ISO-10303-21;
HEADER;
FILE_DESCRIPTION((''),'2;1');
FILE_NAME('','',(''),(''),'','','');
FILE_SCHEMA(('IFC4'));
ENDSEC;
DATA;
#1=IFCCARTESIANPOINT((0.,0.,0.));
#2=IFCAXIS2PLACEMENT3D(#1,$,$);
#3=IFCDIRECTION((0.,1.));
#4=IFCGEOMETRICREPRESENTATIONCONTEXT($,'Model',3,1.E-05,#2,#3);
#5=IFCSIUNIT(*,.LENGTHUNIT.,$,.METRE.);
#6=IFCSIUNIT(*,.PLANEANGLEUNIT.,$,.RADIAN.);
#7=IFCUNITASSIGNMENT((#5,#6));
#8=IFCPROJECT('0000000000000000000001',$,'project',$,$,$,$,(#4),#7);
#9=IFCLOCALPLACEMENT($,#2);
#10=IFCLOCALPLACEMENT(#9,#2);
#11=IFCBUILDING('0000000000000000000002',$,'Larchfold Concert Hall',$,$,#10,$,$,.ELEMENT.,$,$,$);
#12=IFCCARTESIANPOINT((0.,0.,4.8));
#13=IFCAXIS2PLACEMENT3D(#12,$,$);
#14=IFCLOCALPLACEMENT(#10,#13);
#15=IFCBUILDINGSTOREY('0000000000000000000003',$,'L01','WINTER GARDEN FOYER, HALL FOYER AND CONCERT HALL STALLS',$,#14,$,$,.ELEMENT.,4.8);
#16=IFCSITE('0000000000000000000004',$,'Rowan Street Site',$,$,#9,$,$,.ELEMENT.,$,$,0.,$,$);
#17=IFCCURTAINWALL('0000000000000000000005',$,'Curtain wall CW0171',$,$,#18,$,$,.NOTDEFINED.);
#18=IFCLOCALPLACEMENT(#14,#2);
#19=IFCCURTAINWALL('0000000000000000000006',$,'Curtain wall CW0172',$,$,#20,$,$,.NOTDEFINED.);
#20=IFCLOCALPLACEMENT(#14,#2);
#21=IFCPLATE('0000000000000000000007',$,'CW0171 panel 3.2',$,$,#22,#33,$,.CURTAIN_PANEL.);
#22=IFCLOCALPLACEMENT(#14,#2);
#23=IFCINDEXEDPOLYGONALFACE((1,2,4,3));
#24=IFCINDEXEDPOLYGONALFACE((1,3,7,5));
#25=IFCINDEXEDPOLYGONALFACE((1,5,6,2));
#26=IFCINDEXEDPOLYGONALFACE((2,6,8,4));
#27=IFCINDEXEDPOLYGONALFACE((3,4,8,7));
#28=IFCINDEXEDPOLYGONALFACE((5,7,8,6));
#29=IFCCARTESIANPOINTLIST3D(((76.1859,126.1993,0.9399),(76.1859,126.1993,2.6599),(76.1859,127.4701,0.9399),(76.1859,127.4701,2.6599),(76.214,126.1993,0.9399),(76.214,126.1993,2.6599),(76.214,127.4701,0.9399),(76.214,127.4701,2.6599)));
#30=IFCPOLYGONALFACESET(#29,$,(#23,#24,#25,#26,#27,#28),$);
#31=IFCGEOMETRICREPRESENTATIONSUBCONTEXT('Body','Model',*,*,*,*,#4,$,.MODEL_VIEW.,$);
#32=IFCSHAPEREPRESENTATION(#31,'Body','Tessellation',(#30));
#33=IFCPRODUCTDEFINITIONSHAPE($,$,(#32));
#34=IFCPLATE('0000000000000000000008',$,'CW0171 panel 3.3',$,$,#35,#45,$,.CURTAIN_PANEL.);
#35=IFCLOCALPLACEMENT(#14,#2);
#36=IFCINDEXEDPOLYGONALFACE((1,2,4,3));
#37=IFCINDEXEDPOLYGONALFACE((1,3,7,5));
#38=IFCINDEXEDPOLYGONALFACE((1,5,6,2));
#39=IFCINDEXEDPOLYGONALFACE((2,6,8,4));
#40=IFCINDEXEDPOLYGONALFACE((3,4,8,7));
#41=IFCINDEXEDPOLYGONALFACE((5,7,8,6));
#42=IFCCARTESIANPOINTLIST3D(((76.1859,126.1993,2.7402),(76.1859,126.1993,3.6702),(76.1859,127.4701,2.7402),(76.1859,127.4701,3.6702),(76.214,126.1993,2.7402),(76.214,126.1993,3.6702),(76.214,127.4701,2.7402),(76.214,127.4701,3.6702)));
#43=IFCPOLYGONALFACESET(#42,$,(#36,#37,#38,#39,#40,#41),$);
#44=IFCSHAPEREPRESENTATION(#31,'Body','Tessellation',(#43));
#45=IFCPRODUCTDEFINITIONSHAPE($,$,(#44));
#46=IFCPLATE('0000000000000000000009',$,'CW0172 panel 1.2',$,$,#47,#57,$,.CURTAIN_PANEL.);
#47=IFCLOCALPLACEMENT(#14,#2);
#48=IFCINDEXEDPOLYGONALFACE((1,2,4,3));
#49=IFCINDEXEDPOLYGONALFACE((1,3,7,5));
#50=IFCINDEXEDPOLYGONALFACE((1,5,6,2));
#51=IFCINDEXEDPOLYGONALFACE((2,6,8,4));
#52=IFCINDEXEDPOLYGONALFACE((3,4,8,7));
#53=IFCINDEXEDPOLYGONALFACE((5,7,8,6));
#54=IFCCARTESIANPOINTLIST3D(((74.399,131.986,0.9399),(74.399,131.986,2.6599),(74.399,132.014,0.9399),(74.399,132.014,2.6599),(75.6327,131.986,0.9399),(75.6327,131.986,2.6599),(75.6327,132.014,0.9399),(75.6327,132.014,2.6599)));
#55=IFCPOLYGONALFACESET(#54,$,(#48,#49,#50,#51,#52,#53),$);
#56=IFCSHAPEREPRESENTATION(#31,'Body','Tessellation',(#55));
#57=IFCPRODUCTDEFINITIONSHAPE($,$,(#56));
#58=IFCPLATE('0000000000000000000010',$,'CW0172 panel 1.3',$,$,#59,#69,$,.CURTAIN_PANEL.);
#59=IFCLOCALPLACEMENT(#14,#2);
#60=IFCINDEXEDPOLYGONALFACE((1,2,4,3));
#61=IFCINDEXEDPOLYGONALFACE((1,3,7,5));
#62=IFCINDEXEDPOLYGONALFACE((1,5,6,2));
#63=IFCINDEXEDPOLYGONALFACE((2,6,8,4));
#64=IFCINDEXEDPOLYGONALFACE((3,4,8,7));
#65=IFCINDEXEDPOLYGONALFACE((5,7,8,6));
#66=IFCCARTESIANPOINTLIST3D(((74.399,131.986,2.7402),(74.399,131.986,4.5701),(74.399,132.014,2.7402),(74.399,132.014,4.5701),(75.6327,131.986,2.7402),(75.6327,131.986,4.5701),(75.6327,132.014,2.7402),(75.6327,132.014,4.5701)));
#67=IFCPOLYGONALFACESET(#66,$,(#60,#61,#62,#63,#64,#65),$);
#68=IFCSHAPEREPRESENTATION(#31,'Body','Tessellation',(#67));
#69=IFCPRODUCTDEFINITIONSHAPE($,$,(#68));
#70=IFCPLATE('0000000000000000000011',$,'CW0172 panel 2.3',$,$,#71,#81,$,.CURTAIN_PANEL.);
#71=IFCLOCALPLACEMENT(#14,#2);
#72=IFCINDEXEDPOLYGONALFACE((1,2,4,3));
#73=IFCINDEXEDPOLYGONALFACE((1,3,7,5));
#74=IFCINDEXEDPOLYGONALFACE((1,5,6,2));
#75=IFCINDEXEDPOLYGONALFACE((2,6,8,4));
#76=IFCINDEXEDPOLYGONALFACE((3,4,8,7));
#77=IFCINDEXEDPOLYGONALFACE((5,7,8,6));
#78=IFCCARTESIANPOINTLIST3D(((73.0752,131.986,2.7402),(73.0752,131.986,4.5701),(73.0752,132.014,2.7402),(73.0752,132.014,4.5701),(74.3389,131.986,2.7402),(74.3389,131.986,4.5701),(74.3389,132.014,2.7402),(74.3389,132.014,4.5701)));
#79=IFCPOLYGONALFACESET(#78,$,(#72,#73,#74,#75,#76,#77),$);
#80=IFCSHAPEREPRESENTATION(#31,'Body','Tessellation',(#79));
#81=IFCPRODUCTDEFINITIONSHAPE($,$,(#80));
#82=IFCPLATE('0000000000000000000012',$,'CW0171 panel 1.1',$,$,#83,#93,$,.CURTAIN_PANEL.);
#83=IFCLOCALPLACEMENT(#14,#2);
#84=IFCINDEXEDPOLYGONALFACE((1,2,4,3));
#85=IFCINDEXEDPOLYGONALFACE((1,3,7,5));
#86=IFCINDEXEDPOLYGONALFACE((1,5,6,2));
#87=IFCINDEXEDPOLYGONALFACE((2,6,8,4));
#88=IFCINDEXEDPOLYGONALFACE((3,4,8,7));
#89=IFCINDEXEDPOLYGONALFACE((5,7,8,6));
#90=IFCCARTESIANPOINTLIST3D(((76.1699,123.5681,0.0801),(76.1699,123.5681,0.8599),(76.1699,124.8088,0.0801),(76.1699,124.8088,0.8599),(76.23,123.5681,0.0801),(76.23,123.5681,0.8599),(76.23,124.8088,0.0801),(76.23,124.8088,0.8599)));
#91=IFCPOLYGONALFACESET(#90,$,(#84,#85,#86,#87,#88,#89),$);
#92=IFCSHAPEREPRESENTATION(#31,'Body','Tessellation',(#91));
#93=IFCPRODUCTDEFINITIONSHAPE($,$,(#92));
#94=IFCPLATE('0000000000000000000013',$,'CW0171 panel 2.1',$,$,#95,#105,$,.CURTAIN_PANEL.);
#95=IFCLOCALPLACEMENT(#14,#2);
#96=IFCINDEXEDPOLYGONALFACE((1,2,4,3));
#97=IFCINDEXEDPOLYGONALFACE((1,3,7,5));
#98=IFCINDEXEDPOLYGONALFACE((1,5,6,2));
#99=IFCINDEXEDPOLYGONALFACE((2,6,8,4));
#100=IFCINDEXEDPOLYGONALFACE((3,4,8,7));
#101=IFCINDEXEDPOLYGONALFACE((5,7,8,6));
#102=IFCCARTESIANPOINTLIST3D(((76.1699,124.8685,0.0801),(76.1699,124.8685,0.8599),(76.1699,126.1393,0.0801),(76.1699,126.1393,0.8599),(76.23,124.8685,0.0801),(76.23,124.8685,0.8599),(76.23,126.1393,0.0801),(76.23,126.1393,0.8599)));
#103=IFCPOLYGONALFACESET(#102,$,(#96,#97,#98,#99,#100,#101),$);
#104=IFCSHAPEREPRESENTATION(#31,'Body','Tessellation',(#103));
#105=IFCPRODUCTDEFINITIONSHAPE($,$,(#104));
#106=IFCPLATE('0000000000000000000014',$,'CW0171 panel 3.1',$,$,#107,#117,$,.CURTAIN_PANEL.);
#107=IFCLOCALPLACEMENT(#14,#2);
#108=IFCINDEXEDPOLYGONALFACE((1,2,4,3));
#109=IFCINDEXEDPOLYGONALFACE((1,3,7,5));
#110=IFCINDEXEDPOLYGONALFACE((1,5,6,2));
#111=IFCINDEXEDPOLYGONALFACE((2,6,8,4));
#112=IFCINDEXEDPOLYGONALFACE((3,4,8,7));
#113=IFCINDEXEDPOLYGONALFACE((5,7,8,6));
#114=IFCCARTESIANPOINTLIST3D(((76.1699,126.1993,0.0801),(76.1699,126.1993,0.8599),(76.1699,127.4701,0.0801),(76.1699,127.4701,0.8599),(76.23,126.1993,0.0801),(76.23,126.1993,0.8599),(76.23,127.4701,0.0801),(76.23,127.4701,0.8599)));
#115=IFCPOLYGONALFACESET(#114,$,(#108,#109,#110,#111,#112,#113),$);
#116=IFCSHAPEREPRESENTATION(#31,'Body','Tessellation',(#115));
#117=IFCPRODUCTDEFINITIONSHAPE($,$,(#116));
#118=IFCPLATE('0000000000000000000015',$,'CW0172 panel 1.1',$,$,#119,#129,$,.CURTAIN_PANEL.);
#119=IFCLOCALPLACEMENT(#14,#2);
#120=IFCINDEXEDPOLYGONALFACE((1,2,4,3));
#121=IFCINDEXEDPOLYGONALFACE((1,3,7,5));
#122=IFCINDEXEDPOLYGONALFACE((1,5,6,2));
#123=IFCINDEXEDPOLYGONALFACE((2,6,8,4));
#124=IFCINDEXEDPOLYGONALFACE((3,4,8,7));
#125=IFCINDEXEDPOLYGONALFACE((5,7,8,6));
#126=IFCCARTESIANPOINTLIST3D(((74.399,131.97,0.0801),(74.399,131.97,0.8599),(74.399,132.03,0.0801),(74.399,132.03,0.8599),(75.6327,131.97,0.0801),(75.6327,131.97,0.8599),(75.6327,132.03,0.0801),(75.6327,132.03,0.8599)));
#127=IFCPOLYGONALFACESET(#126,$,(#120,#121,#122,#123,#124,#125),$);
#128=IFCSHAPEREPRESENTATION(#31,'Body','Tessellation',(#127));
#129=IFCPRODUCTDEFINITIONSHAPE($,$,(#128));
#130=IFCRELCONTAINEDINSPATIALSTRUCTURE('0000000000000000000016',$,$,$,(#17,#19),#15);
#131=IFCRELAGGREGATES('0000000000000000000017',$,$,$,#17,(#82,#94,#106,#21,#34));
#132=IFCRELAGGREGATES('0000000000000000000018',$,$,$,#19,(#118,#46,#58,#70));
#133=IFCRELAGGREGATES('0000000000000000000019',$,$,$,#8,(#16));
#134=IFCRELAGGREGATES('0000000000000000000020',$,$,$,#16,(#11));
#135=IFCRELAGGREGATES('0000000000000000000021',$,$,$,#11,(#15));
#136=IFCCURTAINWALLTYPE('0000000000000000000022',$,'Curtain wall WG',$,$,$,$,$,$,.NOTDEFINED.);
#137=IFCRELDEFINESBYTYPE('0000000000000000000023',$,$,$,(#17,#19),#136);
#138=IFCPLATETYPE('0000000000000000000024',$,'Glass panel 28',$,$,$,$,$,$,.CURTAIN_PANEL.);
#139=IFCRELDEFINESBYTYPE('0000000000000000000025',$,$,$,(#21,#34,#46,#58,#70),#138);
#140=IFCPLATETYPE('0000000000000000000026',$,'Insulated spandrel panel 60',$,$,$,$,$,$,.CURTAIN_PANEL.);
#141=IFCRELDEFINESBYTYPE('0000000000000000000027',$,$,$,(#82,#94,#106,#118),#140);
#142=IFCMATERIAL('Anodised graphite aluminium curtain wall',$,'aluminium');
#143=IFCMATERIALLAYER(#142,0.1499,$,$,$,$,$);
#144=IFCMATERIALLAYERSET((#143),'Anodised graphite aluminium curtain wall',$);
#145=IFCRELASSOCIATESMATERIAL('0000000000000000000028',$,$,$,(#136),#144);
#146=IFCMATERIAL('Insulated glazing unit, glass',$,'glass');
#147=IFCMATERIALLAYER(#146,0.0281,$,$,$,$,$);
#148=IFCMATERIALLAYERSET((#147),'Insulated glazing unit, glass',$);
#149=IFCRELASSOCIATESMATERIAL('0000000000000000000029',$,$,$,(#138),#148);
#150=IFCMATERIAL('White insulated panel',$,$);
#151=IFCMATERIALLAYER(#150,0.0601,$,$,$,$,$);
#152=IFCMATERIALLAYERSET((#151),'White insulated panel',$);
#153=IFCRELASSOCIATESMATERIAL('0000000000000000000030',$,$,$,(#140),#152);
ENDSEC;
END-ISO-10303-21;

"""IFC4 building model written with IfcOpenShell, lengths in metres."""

from ifc_helpers import new_model, si_unit, direction, frame, origin, origin_2d, place, context, subcontext, project, spatial, rectangle, extrude, material, layer, layer_set, type_object, element, aggregate, save


model = new_model("IFC4")

# Units and contexts
model_context = context("Model", 3, precision=1e-05, world=origin(), true_north=direction((0.0, 1.0)))
body_context = subcontext(model_context, "Body", "Model", "MODEL_VIEW")
ifc_project = project(units=[si_unit("LENGTHUNIT", "METRE"), si_unit("PLANEANGLEUNIT", "RADIAN")], contexts=[model_context])

# Site, building, storey
site_placement = place(None, origin())
site = spatial("IfcSite", under=ifc_project, at=site_placement, Name="Rowan Street Site", CompositionType="ELEMENT", RefElevation=0.0)
building_placement = place(site_placement, origin())
building = spatial("IfcBuilding", under=site, at=building_placement, Name="Larchfold Concert Hall", CompositionType="ELEMENT")
storey_placement = place(building_placement, frame((0.0, 0.0, 4.8)))
storey = spatial("IfcBuildingStorey", under=building, at=storey_placement, Name="L01", Description="WINTER GARDEN FOYER, HALL FOYER AND CONCERT HALL STALLS", CompositionType="ELEMENT", Elevation=4.8)

# Curtain walls
ifc_material_1 = material(Name="Anodised graphite aluminium curtain wall", Category="aluminium")
ifc_layer_1 = layer(ifc_material_1, 0.1499)
ifc_layer_set_1 = layer_set([ifc_layer_1], Name="Anodised graphite aluminium curtain wall")
curtain_wall_type = type_object("IfcCurtainWallType", Name="Curtain wall WG", PredefinedType="NOTDEFINED", material=ifc_layer_set_1)
curtain_wall_1_placement = place(storey_placement, origin())
curtain_wall_1 = element("IfcCurtainWall", 1, at=curtain_wall_1_placement, inside=storey, type_object=curtain_wall_type, Name="Curtain wall CW0171", PredefinedType="NOTDEFINED")
curtain_wall_2_placement = place(storey_placement, origin())
curtain_wall_2 = element("IfcCurtainWall", 2, at=curtain_wall_2_placement, inside=storey, type_object=curtain_wall_type, Name="Curtain wall CW0172", PredefinedType="NOTDEFINED")

# Plates
ifc_material_2 = material(Name="Insulated glazing unit, glass", Category="glass")
ifc_layer_2 = layer(ifc_material_2, 0.0281)
ifc_layer_set_2 = layer_set([ifc_layer_2], Name="Insulated glazing unit, glass")
plate_type_1 = type_object("IfcPlateType", Name="Glass panel 28", PredefinedType="CURTAIN_PANEL", material=ifc_layer_set_2)
plate_1_placement = place(storey_placement, frame((76.2, 126.8347, 0.9399), z_axis=(0.0, 0.0, 1.0), x_axis=(0.0, 1.0, 0.0)))
plate_1 = element("IfcPlate", 3, at=plate_1_placement, type_object=plate_type_1, Name="CW0171 panel 3.2", PredefinedType="CURTAIN_PANEL", context=body_context, shape_type="SweptSolid", body=[
    extrude(rectangle(XDim=1.2708, YDim=0.0281, at=origin_2d()), origin(), (0.0, 0.0, 1.0), 1.72),
])
plate_2_placement = place(storey_placement, frame((76.2, 126.8347, 2.7402), z_axis=(0.0, 0.0, 1.0), x_axis=(0.0, 1.0, 0.0)))
plate_2 = element("IfcPlate", 4, at=plate_2_placement, type_object=plate_type_1, Name="CW0171 panel 3.3", PredefinedType="CURTAIN_PANEL", context=body_context, shape_type="SweptSolid", body=[
    extrude(rectangle(XDim=1.2708, YDim=0.0281, at=origin_2d()), origin(), (0.0, 0.0, 1.0), 0.9299),
])
plate_3_placement = place(storey_placement, frame((75.0159, 132.0, 0.9399), z_axis=(0.0, 0.0, 1.0), x_axis=(-1.0, 0.0, 0.0)))
plate_3 = element("IfcPlate", 5, at=plate_3_placement, type_object=plate_type_1, Name="CW0172 panel 1.2", PredefinedType="CURTAIN_PANEL", context=body_context, shape_type="SweptSolid", body=[
    extrude(rectangle(XDim=1.2336, YDim=0.0281, at=origin_2d()), origin(), (0.0, 0.0, 1.0), 1.72),
])
plate_4_placement = place(storey_placement, frame((75.0159, 132.0, 2.7402), z_axis=(0.0, 0.0, 1.0), x_axis=(-1.0, 0.0, 0.0)))
plate_4 = element("IfcPlate", 6, at=plate_4_placement, type_object=plate_type_1, Name="CW0172 panel 1.3", PredefinedType="CURTAIN_PANEL", context=body_context, shape_type="SweptSolid", body=[
    extrude(rectangle(XDim=1.2336, YDim=0.0281, at=origin_2d()), origin(), (0.0, 0.0, 1.0), 1.8298),
])
plate_5_placement = place(storey_placement, frame((73.707, 132.0, 2.7402), z_axis=(0.0, 0.0, 1.0), x_axis=(-1.0, 0.0, 0.0)))
plate_5 = element("IfcPlate", 7, at=plate_5_placement, type_object=plate_type_1, Name="CW0172 panel 2.3", PredefinedType="CURTAIN_PANEL", context=body_context, shape_type="SweptSolid", body=[
    extrude(rectangle(XDim=1.2637, YDim=0.0281, at=origin_2d()), origin(), (0.0, 0.0, 1.0), 1.8298),
])
ifc_material_3 = material(Name="White insulated panel")
ifc_layer_3 = layer(ifc_material_3, 0.0601)
ifc_layer_set_3 = layer_set([ifc_layer_3], Name="White insulated panel")
plate_type_2 = type_object("IfcPlateType", Name="Insulated spandrel panel 60", PredefinedType="CURTAIN_PANEL", material=ifc_layer_set_3)
plate_6_placement = place(storey_placement, frame((76.2, 124.1885, 0.0801), z_axis=(0.0, 0.0, 1.0), x_axis=(0.0, 1.0, 0.0)))
plate_6 = element("IfcPlate", 8, at=plate_6_placement, type_object=plate_type_2, Name="CW0171 panel 1.1", PredefinedType="CURTAIN_PANEL", context=body_context, shape_type="SweptSolid", body=[
    extrude(rectangle(XDim=1.2407, YDim=0.0601, at=origin_2d()), origin(), (0.0, 0.0, 1.0), 0.7798),
])
plate_7_placement = place(storey_placement, frame((76.2, 125.5039, 0.0801), z_axis=(0.0, 0.0, 1.0), x_axis=(0.0, 1.0, 0.0)))
plate_7 = element("IfcPlate", 9, at=plate_7_placement, type_object=plate_type_2, Name="CW0171 panel 2.1", PredefinedType="CURTAIN_PANEL", context=body_context, shape_type="SweptSolid", body=[
    extrude(rectangle(XDim=1.2708, YDim=0.0601, at=origin_2d()), origin(), (0.0, 0.0, 1.0), 0.7798),
])
plate_8_placement = place(storey_placement, frame((76.2, 126.8347, 0.0801), z_axis=(0.0, 0.0, 1.0), x_axis=(0.0, 1.0, 0.0)))
plate_8 = element("IfcPlate", 10, at=plate_8_placement, type_object=plate_type_2, Name="CW0171 panel 3.1", PredefinedType="CURTAIN_PANEL", context=body_context, shape_type="SweptSolid", body=[
    extrude(rectangle(XDim=1.2708, YDim=0.0601, at=origin_2d()), origin(), (0.0, 0.0, 1.0), 0.7798),
])
aggregate(curtain_wall_1, [plate_6, plate_7, plate_8, plate_1, plate_2])
plate_9_placement = place(storey_placement, frame((75.0159, 132.0, 0.0801), z_axis=(0.0, 0.0, 1.0), x_axis=(-1.0, 0.0, 0.0)))
plate_9 = element("IfcPlate", 11, at=plate_9_placement, type_object=plate_type_2, Name="CW0172 panel 1.1", PredefinedType="CURTAIN_PANEL", context=body_context, shape_type="SweptSolid", body=[
    extrude(rectangle(XDim=1.2336, YDim=0.0601, at=origin_2d()), origin(), (0.0, 0.0, 1.0), 0.7798),
])
aggregate(curtain_wall_2, [plate_9, plate_3, plate_4, plate_5])

save(model, "model.ifc")
